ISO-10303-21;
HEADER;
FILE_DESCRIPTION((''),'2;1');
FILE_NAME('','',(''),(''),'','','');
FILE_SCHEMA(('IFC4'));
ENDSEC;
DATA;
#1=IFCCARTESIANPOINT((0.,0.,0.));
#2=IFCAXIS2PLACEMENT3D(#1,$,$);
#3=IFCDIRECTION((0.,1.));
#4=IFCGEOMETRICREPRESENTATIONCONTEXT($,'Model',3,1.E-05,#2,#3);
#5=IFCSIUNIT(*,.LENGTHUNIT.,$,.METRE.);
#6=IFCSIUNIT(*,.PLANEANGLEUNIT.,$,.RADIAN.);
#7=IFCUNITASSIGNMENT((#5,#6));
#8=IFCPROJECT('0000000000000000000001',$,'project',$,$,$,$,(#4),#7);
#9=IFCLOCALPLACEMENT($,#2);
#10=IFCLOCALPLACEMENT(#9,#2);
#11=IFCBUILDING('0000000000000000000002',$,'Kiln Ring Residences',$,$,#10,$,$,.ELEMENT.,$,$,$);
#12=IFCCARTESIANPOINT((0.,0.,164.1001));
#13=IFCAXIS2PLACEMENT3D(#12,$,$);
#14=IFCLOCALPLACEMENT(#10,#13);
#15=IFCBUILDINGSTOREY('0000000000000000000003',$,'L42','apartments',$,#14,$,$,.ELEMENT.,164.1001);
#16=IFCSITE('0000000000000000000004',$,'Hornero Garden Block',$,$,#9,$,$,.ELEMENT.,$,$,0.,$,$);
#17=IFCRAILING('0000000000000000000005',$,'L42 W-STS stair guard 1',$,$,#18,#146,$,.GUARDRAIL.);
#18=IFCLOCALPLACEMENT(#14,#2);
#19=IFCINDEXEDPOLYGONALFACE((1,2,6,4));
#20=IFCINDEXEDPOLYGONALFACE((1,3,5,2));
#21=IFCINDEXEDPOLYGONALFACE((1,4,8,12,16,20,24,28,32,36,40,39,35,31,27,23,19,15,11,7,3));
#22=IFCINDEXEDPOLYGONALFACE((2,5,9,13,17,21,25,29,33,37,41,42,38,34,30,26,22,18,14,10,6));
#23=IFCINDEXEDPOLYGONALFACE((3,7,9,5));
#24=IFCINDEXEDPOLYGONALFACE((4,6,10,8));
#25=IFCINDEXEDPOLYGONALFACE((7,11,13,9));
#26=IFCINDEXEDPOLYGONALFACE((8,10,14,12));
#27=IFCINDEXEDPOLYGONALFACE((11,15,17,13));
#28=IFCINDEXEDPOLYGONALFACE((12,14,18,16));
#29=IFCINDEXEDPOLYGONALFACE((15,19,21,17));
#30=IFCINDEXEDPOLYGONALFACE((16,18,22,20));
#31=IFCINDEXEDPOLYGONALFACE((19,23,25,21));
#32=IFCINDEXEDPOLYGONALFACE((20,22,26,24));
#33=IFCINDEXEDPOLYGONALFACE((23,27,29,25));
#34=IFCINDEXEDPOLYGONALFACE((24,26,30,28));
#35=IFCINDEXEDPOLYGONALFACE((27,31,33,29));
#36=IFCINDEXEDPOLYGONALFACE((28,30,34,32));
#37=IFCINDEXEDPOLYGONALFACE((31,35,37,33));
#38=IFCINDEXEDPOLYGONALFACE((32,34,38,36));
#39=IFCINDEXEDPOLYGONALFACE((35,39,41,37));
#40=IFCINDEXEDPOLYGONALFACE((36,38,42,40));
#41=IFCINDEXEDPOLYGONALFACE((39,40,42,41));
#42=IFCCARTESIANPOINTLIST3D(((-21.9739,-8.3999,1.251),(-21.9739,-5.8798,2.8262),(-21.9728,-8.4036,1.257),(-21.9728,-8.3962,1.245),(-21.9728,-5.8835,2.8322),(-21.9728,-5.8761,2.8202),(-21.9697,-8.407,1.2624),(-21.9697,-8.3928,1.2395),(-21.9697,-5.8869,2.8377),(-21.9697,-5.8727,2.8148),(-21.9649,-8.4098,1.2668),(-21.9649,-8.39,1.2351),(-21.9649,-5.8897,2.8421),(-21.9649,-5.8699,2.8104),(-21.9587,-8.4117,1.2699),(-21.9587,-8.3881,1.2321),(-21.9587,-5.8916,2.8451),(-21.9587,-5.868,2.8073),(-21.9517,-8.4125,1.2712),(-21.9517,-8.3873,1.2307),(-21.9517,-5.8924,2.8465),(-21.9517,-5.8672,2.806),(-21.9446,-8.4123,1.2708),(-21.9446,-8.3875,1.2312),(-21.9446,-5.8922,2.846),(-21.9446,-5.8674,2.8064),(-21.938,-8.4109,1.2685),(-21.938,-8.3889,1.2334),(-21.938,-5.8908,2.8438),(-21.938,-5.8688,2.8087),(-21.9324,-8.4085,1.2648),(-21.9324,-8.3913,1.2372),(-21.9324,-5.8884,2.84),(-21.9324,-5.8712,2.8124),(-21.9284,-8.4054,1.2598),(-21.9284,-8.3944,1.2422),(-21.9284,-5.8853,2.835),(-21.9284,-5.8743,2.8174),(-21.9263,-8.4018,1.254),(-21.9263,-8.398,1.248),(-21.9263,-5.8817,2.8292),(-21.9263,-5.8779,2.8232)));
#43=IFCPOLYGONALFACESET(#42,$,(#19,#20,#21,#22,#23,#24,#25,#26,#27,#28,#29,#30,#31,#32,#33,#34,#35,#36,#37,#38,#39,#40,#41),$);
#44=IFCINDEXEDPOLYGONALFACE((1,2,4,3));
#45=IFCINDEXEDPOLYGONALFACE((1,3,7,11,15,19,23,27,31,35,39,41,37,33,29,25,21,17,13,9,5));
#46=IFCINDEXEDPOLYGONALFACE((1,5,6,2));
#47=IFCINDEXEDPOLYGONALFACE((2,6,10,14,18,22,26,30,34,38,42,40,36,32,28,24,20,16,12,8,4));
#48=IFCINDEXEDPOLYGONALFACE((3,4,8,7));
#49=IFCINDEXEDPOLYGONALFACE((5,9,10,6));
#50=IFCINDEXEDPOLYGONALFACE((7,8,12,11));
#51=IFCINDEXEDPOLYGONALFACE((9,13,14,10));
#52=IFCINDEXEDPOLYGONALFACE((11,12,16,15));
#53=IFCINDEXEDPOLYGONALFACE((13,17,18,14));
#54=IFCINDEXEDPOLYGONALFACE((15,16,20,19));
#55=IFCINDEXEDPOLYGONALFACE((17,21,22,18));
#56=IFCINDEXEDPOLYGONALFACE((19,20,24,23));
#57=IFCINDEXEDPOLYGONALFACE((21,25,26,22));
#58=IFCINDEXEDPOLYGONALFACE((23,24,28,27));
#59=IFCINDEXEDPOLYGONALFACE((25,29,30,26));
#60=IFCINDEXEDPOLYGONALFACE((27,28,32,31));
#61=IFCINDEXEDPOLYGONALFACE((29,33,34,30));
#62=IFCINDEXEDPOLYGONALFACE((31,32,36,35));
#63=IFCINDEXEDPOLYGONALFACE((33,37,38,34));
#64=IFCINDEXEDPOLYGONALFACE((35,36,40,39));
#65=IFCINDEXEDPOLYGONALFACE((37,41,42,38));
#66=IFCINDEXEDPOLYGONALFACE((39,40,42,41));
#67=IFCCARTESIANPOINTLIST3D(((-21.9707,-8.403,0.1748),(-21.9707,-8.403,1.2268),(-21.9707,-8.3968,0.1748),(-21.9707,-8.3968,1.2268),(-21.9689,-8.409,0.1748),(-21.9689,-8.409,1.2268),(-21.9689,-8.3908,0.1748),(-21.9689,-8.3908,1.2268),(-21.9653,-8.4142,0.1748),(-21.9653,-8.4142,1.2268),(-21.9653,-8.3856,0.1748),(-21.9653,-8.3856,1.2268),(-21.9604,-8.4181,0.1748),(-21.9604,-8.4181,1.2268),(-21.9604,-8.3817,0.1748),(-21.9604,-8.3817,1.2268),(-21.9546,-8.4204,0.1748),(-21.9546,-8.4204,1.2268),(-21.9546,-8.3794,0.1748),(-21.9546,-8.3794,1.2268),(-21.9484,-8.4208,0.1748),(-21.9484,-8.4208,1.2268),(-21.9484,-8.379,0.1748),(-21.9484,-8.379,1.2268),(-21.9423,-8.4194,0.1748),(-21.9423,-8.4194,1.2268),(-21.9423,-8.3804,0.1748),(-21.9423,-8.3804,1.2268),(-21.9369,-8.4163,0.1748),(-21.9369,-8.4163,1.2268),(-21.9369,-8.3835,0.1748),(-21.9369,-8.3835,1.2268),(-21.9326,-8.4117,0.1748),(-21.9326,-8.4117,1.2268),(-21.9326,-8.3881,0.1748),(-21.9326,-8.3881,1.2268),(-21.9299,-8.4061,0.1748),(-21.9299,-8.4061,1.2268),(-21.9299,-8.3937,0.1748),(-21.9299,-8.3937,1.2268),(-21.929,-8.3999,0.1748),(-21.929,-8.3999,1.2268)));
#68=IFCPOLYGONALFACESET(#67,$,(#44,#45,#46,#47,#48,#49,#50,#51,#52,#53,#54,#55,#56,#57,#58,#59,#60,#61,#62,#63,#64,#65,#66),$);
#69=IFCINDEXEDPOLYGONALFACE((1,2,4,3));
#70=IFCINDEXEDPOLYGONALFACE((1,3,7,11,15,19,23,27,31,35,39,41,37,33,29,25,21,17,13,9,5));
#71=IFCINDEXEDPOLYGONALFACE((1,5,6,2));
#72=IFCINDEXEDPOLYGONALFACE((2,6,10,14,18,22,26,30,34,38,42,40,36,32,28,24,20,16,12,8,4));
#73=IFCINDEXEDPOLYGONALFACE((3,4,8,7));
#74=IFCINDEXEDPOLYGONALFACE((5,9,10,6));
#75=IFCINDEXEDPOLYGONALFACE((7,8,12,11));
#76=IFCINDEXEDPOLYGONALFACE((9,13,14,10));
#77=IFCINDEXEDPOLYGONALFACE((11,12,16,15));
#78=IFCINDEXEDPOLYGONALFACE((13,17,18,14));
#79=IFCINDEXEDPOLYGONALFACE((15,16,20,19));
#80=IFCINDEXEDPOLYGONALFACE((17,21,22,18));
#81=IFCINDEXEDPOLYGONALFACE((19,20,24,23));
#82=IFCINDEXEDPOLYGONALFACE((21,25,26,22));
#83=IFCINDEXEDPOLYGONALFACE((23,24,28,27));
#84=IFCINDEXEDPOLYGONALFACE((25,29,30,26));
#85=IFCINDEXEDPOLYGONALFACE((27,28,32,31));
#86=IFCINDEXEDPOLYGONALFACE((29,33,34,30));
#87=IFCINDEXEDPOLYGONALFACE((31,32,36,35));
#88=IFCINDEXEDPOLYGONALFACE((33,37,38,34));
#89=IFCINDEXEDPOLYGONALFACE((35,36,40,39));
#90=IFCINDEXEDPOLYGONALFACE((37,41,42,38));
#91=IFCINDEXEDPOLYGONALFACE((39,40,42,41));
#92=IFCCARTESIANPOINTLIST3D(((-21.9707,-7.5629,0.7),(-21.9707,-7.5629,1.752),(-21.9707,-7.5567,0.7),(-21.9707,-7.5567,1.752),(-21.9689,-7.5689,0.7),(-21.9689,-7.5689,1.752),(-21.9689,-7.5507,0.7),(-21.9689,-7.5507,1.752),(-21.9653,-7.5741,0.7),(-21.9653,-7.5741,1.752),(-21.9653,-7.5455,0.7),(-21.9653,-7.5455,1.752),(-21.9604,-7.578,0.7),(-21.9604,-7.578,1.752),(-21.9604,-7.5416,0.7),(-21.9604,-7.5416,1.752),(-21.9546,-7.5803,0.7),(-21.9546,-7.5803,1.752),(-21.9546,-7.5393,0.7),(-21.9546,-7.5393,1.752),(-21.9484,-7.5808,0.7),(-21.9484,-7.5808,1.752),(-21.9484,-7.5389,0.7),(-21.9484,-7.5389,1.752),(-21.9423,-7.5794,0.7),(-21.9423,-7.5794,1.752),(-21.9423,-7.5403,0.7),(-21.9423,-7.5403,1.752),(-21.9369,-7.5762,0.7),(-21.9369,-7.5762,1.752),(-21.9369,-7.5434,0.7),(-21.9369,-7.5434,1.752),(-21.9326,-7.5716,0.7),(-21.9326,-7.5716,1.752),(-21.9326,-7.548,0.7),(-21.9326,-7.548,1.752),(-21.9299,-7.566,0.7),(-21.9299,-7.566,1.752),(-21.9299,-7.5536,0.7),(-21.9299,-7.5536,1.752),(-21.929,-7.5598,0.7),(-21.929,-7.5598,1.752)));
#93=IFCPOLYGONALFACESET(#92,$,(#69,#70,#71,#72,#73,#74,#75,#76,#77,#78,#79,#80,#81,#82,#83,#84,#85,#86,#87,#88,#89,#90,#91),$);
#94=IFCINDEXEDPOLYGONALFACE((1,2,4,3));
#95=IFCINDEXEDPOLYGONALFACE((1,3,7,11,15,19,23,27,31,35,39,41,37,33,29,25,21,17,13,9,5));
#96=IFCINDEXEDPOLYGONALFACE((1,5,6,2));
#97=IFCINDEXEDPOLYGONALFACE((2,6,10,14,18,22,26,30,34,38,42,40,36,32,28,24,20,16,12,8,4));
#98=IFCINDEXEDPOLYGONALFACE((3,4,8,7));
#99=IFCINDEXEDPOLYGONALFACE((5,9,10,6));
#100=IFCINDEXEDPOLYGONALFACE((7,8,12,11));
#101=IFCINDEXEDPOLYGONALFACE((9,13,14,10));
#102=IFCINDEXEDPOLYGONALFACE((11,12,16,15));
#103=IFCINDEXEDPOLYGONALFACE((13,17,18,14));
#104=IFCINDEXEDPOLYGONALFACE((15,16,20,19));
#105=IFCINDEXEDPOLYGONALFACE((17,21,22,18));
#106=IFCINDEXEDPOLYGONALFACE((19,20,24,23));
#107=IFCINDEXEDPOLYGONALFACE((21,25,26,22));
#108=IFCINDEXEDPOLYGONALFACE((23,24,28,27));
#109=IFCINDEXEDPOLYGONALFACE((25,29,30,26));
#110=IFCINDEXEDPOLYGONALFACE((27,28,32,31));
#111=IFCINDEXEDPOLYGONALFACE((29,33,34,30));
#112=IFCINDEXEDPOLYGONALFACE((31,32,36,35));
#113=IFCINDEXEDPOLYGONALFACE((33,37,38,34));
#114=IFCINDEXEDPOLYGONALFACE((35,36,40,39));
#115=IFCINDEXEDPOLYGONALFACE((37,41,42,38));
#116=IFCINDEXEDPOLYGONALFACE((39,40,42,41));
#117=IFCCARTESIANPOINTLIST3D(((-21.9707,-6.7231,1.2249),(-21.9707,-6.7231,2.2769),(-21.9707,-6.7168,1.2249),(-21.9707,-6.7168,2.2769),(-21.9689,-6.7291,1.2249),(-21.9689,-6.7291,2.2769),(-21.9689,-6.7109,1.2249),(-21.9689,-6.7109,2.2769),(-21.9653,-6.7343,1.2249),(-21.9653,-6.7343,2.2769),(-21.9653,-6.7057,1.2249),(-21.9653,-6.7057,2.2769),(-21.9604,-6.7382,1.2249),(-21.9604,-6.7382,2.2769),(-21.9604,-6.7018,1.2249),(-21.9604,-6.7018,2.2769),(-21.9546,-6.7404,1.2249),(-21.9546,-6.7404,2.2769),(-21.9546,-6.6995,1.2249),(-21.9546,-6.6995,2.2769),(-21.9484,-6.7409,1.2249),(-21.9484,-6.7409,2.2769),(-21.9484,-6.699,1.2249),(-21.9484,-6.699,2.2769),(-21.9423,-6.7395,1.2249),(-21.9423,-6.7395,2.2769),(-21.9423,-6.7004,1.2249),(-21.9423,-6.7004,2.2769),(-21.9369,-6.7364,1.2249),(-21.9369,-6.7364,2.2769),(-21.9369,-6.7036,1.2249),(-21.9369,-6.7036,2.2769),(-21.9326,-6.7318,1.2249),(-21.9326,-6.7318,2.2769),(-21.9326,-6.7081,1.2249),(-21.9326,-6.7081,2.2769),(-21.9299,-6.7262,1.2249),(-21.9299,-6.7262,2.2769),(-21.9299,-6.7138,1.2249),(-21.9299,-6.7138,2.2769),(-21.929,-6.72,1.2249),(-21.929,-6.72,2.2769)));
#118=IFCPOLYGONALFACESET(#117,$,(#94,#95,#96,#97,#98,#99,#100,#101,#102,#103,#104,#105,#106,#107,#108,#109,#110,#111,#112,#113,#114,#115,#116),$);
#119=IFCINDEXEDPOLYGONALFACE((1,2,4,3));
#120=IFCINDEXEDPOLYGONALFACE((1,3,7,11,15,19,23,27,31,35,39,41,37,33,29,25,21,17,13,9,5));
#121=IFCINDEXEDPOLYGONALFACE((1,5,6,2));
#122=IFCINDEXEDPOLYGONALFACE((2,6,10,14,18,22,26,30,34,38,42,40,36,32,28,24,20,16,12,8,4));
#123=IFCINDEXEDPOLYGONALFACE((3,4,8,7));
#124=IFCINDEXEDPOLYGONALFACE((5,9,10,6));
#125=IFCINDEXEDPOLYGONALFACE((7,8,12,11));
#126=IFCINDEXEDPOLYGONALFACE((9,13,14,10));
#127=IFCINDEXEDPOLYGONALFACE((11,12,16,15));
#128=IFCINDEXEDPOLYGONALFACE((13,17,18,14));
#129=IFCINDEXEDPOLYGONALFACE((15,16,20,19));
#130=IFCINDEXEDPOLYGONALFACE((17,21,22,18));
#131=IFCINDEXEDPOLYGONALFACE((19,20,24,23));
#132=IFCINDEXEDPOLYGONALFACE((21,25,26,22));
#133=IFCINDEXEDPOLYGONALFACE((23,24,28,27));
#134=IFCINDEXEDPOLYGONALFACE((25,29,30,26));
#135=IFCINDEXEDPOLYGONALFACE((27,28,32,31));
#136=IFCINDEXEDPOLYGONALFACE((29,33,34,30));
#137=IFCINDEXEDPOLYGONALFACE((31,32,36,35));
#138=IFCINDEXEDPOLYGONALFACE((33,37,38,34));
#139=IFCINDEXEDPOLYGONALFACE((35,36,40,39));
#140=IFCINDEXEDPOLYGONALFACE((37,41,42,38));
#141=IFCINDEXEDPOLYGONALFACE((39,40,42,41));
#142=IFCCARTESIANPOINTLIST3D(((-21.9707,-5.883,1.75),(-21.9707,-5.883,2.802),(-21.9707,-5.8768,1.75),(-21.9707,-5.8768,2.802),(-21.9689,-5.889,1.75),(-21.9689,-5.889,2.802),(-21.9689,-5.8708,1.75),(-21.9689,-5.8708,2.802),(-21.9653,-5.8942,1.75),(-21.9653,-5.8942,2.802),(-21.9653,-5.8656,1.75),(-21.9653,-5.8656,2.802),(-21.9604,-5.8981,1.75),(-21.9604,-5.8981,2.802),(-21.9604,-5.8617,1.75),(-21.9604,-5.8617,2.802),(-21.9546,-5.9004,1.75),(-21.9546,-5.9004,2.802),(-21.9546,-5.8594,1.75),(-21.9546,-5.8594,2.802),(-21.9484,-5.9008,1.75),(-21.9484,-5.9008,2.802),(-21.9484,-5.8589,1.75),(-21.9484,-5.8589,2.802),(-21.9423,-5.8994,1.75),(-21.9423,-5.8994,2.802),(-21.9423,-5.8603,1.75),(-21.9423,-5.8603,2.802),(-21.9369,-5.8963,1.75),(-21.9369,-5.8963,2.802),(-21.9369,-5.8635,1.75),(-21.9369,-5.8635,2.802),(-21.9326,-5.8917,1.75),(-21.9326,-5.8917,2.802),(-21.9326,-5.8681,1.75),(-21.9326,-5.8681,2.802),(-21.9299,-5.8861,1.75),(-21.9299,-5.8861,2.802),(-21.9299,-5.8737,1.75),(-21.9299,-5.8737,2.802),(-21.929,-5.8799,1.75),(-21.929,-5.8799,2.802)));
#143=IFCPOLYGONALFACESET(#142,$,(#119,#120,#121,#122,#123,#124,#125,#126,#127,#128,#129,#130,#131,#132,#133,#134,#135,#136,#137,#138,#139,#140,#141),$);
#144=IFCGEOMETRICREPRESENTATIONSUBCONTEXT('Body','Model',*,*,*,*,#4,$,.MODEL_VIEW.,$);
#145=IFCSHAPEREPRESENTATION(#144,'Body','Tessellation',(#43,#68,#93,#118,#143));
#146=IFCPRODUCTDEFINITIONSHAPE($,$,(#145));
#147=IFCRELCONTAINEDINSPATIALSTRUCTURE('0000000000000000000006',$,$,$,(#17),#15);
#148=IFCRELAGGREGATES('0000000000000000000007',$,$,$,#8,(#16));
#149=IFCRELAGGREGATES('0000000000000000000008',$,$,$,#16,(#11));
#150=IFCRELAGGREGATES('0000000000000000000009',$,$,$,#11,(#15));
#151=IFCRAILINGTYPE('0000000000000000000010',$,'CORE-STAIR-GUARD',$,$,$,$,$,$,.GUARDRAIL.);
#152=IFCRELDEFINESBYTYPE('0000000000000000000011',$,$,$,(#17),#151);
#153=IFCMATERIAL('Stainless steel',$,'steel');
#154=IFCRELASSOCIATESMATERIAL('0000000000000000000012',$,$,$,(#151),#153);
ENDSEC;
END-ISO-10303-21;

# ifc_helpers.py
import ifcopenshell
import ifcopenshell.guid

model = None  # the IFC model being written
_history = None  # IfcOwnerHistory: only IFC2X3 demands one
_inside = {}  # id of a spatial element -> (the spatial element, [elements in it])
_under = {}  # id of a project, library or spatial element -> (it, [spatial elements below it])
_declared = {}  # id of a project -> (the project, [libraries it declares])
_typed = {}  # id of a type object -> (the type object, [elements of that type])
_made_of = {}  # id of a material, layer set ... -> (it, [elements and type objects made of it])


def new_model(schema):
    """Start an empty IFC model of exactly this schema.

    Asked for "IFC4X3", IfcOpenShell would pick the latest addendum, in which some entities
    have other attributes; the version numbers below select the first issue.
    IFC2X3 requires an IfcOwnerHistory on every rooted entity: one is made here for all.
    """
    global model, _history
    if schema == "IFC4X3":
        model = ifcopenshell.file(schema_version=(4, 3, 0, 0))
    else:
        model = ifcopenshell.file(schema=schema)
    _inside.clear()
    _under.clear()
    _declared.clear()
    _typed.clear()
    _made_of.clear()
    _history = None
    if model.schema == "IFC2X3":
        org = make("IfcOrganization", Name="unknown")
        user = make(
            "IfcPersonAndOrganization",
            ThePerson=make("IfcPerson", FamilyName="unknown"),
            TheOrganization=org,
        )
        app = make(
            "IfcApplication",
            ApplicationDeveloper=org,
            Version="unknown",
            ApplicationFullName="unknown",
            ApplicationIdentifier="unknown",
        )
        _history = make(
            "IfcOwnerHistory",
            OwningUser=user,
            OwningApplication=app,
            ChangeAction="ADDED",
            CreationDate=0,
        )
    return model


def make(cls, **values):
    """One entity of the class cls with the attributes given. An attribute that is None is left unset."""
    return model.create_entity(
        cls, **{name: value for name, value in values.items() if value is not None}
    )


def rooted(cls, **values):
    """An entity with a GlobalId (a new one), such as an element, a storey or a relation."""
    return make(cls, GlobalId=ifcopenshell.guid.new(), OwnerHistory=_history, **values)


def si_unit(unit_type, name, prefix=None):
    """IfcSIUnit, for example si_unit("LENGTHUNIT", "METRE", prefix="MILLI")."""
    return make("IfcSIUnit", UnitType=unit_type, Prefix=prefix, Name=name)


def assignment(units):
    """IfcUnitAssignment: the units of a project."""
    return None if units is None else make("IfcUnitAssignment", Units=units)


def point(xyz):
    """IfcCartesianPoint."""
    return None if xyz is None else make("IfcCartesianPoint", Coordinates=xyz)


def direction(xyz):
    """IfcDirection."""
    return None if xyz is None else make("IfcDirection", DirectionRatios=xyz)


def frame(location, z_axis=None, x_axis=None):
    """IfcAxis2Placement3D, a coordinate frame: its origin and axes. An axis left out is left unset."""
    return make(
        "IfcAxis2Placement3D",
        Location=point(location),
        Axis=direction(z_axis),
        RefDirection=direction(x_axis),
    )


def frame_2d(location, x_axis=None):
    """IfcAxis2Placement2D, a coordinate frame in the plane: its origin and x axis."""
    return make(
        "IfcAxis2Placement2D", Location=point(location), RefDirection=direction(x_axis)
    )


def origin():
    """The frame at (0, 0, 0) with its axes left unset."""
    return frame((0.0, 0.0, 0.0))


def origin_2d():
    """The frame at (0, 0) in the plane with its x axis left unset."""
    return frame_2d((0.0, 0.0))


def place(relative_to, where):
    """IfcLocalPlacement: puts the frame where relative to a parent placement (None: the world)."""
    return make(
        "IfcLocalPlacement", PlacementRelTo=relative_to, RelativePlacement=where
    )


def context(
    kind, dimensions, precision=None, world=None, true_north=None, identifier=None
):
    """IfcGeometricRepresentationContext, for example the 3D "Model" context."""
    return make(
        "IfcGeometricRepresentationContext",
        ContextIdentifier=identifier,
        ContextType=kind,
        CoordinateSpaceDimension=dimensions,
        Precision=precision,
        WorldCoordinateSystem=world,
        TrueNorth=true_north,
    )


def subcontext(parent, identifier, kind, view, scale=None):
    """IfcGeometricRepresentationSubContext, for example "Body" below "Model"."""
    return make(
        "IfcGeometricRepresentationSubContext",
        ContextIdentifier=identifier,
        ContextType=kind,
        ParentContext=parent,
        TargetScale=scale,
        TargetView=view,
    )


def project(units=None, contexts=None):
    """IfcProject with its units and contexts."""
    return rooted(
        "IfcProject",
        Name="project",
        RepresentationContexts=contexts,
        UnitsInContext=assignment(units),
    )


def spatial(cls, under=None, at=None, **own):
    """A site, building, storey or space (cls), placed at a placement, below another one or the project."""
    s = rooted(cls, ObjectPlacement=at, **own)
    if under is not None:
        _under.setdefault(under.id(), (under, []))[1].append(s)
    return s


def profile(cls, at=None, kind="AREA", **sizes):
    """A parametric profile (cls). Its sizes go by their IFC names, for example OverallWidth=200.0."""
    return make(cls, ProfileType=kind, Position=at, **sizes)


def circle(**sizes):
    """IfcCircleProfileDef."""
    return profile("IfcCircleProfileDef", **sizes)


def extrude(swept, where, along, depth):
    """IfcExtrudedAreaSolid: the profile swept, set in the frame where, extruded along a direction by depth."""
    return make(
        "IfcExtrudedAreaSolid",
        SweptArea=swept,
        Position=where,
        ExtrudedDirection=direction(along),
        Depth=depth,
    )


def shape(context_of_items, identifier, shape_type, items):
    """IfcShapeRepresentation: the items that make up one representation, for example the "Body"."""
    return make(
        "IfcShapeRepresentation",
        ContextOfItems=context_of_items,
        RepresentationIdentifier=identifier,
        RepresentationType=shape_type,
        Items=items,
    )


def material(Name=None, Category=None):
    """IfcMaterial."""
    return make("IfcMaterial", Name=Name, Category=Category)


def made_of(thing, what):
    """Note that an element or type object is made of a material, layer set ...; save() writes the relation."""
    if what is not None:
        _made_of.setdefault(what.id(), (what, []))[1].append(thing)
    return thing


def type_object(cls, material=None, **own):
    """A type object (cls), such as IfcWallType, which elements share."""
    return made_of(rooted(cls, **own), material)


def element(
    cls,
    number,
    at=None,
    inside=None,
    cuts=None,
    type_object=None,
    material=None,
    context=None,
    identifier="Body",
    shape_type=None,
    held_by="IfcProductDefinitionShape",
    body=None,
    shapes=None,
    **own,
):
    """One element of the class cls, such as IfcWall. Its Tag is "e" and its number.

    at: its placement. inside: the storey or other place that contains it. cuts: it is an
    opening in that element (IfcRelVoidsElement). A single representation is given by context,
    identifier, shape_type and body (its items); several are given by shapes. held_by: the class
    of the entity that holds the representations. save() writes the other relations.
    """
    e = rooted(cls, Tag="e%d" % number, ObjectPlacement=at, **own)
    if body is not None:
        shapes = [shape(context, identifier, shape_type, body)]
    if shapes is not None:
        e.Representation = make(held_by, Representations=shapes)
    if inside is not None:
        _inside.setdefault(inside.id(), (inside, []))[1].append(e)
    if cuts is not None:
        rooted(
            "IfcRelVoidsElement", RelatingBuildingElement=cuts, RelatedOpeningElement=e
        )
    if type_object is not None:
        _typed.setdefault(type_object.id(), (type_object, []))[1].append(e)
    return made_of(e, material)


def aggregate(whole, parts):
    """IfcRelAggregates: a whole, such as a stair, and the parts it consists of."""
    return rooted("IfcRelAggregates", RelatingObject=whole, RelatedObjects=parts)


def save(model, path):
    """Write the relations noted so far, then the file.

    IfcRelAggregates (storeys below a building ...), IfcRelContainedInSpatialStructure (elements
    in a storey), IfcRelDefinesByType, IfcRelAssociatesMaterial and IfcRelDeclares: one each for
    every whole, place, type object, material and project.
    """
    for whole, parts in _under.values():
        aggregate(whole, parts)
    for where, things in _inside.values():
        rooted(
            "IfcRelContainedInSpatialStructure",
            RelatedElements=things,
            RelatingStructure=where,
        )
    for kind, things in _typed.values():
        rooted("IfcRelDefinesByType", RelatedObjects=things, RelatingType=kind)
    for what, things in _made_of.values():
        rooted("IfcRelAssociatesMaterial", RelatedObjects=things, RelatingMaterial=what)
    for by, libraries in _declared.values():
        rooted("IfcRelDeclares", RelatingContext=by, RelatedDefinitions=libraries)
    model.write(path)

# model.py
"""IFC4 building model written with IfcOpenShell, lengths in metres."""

from ifc_helpers import new_model, si_unit, direction, frame, origin, origin_2d, place, context, subcontext, project, spatial, circle, extrude, material, type_object, element, save


model = new_model("IFC4")

# Units and contexts
model_context = context("Model", 3, precision=1e-05, world=origin(), true_north=direction((0.0, 1.0)))
body_context = subcontext(model_context, "Body", "Model", "MODEL_VIEW")
ifc_project = project(units=[si_unit("LENGTHUNIT", "METRE"), si_unit("PLANEANGLEUNIT", "RADIAN")], contexts=[model_context])

# Site, building, storey
site_placement = place(None, origin())
site = spatial("IfcSite", under=ifc_project, at=site_placement, Name="Hornero Garden Block", CompositionType="ELEMENT", RefElevation=0.0)
building_placement = place(site_placement, origin())
building = spatial("IfcBuilding", under=site, at=building_placement, Name="Kiln Ring Residences", CompositionType="ELEMENT")
storey_placement = place(building_placement, frame((0.0, 0.0, 164.1001)))
storey = spatial("IfcBuildingStorey", under=building, at=storey_placement, Name="L42", Description="apartments", CompositionType="ELEMENT", Elevation=164.1001)

# Railing
ifc_material_1 = material(Name="Stainless steel", Category="steel")
railing_type_1 = type_object("IfcRailingType", Name="CORE-STAIR-GUARD", PredefinedType="GUARDRAIL", material=ifc_material_1)
railing_1_placement = place(storey_placement, frame((-21.95, -8.3999, 0.1748)))
element("IfcRailing", 1, at=railing_1_placement, inside=storey, type_object=railing_type_1, Name="L42 W-STS stair guard 1", PredefinedType="GUARDRAIL", context=body_context, shape_type="SweptSolid", body=[
    extrude(circle(Radius=0.0239, at=origin_2d()), frame((0.0, 0.0, 1.0762), z_axis=(0.0, 0.847971, 0.530043), x_axis=(-1.0, 0.0, 0.0)), (0.0, 0.0, 1.0), 2.9719),
    extrude(circle(Radius=0.021, at=origin_2d()), origin(), (0.0, 0.0, 1.0), 1.052),
    extrude(circle(Radius=0.021, at=origin_2d()), frame((0.0, 0.8401, 0.5251)), (0.0, 0.0, 1.0), 1.052),
    extrude(circle(Radius=0.021, at=origin_2d()), frame((0.0, 1.6799, 1.05)), (0.0, 0.0, 1.0), 1.052),
    extrude(circle(Radius=0.021, at=origin_2d()), frame((0.0, 2.52, 1.5752)), (0.0, 0.0, 1.0), 1.052),
])

save(model, "model.ifc")
